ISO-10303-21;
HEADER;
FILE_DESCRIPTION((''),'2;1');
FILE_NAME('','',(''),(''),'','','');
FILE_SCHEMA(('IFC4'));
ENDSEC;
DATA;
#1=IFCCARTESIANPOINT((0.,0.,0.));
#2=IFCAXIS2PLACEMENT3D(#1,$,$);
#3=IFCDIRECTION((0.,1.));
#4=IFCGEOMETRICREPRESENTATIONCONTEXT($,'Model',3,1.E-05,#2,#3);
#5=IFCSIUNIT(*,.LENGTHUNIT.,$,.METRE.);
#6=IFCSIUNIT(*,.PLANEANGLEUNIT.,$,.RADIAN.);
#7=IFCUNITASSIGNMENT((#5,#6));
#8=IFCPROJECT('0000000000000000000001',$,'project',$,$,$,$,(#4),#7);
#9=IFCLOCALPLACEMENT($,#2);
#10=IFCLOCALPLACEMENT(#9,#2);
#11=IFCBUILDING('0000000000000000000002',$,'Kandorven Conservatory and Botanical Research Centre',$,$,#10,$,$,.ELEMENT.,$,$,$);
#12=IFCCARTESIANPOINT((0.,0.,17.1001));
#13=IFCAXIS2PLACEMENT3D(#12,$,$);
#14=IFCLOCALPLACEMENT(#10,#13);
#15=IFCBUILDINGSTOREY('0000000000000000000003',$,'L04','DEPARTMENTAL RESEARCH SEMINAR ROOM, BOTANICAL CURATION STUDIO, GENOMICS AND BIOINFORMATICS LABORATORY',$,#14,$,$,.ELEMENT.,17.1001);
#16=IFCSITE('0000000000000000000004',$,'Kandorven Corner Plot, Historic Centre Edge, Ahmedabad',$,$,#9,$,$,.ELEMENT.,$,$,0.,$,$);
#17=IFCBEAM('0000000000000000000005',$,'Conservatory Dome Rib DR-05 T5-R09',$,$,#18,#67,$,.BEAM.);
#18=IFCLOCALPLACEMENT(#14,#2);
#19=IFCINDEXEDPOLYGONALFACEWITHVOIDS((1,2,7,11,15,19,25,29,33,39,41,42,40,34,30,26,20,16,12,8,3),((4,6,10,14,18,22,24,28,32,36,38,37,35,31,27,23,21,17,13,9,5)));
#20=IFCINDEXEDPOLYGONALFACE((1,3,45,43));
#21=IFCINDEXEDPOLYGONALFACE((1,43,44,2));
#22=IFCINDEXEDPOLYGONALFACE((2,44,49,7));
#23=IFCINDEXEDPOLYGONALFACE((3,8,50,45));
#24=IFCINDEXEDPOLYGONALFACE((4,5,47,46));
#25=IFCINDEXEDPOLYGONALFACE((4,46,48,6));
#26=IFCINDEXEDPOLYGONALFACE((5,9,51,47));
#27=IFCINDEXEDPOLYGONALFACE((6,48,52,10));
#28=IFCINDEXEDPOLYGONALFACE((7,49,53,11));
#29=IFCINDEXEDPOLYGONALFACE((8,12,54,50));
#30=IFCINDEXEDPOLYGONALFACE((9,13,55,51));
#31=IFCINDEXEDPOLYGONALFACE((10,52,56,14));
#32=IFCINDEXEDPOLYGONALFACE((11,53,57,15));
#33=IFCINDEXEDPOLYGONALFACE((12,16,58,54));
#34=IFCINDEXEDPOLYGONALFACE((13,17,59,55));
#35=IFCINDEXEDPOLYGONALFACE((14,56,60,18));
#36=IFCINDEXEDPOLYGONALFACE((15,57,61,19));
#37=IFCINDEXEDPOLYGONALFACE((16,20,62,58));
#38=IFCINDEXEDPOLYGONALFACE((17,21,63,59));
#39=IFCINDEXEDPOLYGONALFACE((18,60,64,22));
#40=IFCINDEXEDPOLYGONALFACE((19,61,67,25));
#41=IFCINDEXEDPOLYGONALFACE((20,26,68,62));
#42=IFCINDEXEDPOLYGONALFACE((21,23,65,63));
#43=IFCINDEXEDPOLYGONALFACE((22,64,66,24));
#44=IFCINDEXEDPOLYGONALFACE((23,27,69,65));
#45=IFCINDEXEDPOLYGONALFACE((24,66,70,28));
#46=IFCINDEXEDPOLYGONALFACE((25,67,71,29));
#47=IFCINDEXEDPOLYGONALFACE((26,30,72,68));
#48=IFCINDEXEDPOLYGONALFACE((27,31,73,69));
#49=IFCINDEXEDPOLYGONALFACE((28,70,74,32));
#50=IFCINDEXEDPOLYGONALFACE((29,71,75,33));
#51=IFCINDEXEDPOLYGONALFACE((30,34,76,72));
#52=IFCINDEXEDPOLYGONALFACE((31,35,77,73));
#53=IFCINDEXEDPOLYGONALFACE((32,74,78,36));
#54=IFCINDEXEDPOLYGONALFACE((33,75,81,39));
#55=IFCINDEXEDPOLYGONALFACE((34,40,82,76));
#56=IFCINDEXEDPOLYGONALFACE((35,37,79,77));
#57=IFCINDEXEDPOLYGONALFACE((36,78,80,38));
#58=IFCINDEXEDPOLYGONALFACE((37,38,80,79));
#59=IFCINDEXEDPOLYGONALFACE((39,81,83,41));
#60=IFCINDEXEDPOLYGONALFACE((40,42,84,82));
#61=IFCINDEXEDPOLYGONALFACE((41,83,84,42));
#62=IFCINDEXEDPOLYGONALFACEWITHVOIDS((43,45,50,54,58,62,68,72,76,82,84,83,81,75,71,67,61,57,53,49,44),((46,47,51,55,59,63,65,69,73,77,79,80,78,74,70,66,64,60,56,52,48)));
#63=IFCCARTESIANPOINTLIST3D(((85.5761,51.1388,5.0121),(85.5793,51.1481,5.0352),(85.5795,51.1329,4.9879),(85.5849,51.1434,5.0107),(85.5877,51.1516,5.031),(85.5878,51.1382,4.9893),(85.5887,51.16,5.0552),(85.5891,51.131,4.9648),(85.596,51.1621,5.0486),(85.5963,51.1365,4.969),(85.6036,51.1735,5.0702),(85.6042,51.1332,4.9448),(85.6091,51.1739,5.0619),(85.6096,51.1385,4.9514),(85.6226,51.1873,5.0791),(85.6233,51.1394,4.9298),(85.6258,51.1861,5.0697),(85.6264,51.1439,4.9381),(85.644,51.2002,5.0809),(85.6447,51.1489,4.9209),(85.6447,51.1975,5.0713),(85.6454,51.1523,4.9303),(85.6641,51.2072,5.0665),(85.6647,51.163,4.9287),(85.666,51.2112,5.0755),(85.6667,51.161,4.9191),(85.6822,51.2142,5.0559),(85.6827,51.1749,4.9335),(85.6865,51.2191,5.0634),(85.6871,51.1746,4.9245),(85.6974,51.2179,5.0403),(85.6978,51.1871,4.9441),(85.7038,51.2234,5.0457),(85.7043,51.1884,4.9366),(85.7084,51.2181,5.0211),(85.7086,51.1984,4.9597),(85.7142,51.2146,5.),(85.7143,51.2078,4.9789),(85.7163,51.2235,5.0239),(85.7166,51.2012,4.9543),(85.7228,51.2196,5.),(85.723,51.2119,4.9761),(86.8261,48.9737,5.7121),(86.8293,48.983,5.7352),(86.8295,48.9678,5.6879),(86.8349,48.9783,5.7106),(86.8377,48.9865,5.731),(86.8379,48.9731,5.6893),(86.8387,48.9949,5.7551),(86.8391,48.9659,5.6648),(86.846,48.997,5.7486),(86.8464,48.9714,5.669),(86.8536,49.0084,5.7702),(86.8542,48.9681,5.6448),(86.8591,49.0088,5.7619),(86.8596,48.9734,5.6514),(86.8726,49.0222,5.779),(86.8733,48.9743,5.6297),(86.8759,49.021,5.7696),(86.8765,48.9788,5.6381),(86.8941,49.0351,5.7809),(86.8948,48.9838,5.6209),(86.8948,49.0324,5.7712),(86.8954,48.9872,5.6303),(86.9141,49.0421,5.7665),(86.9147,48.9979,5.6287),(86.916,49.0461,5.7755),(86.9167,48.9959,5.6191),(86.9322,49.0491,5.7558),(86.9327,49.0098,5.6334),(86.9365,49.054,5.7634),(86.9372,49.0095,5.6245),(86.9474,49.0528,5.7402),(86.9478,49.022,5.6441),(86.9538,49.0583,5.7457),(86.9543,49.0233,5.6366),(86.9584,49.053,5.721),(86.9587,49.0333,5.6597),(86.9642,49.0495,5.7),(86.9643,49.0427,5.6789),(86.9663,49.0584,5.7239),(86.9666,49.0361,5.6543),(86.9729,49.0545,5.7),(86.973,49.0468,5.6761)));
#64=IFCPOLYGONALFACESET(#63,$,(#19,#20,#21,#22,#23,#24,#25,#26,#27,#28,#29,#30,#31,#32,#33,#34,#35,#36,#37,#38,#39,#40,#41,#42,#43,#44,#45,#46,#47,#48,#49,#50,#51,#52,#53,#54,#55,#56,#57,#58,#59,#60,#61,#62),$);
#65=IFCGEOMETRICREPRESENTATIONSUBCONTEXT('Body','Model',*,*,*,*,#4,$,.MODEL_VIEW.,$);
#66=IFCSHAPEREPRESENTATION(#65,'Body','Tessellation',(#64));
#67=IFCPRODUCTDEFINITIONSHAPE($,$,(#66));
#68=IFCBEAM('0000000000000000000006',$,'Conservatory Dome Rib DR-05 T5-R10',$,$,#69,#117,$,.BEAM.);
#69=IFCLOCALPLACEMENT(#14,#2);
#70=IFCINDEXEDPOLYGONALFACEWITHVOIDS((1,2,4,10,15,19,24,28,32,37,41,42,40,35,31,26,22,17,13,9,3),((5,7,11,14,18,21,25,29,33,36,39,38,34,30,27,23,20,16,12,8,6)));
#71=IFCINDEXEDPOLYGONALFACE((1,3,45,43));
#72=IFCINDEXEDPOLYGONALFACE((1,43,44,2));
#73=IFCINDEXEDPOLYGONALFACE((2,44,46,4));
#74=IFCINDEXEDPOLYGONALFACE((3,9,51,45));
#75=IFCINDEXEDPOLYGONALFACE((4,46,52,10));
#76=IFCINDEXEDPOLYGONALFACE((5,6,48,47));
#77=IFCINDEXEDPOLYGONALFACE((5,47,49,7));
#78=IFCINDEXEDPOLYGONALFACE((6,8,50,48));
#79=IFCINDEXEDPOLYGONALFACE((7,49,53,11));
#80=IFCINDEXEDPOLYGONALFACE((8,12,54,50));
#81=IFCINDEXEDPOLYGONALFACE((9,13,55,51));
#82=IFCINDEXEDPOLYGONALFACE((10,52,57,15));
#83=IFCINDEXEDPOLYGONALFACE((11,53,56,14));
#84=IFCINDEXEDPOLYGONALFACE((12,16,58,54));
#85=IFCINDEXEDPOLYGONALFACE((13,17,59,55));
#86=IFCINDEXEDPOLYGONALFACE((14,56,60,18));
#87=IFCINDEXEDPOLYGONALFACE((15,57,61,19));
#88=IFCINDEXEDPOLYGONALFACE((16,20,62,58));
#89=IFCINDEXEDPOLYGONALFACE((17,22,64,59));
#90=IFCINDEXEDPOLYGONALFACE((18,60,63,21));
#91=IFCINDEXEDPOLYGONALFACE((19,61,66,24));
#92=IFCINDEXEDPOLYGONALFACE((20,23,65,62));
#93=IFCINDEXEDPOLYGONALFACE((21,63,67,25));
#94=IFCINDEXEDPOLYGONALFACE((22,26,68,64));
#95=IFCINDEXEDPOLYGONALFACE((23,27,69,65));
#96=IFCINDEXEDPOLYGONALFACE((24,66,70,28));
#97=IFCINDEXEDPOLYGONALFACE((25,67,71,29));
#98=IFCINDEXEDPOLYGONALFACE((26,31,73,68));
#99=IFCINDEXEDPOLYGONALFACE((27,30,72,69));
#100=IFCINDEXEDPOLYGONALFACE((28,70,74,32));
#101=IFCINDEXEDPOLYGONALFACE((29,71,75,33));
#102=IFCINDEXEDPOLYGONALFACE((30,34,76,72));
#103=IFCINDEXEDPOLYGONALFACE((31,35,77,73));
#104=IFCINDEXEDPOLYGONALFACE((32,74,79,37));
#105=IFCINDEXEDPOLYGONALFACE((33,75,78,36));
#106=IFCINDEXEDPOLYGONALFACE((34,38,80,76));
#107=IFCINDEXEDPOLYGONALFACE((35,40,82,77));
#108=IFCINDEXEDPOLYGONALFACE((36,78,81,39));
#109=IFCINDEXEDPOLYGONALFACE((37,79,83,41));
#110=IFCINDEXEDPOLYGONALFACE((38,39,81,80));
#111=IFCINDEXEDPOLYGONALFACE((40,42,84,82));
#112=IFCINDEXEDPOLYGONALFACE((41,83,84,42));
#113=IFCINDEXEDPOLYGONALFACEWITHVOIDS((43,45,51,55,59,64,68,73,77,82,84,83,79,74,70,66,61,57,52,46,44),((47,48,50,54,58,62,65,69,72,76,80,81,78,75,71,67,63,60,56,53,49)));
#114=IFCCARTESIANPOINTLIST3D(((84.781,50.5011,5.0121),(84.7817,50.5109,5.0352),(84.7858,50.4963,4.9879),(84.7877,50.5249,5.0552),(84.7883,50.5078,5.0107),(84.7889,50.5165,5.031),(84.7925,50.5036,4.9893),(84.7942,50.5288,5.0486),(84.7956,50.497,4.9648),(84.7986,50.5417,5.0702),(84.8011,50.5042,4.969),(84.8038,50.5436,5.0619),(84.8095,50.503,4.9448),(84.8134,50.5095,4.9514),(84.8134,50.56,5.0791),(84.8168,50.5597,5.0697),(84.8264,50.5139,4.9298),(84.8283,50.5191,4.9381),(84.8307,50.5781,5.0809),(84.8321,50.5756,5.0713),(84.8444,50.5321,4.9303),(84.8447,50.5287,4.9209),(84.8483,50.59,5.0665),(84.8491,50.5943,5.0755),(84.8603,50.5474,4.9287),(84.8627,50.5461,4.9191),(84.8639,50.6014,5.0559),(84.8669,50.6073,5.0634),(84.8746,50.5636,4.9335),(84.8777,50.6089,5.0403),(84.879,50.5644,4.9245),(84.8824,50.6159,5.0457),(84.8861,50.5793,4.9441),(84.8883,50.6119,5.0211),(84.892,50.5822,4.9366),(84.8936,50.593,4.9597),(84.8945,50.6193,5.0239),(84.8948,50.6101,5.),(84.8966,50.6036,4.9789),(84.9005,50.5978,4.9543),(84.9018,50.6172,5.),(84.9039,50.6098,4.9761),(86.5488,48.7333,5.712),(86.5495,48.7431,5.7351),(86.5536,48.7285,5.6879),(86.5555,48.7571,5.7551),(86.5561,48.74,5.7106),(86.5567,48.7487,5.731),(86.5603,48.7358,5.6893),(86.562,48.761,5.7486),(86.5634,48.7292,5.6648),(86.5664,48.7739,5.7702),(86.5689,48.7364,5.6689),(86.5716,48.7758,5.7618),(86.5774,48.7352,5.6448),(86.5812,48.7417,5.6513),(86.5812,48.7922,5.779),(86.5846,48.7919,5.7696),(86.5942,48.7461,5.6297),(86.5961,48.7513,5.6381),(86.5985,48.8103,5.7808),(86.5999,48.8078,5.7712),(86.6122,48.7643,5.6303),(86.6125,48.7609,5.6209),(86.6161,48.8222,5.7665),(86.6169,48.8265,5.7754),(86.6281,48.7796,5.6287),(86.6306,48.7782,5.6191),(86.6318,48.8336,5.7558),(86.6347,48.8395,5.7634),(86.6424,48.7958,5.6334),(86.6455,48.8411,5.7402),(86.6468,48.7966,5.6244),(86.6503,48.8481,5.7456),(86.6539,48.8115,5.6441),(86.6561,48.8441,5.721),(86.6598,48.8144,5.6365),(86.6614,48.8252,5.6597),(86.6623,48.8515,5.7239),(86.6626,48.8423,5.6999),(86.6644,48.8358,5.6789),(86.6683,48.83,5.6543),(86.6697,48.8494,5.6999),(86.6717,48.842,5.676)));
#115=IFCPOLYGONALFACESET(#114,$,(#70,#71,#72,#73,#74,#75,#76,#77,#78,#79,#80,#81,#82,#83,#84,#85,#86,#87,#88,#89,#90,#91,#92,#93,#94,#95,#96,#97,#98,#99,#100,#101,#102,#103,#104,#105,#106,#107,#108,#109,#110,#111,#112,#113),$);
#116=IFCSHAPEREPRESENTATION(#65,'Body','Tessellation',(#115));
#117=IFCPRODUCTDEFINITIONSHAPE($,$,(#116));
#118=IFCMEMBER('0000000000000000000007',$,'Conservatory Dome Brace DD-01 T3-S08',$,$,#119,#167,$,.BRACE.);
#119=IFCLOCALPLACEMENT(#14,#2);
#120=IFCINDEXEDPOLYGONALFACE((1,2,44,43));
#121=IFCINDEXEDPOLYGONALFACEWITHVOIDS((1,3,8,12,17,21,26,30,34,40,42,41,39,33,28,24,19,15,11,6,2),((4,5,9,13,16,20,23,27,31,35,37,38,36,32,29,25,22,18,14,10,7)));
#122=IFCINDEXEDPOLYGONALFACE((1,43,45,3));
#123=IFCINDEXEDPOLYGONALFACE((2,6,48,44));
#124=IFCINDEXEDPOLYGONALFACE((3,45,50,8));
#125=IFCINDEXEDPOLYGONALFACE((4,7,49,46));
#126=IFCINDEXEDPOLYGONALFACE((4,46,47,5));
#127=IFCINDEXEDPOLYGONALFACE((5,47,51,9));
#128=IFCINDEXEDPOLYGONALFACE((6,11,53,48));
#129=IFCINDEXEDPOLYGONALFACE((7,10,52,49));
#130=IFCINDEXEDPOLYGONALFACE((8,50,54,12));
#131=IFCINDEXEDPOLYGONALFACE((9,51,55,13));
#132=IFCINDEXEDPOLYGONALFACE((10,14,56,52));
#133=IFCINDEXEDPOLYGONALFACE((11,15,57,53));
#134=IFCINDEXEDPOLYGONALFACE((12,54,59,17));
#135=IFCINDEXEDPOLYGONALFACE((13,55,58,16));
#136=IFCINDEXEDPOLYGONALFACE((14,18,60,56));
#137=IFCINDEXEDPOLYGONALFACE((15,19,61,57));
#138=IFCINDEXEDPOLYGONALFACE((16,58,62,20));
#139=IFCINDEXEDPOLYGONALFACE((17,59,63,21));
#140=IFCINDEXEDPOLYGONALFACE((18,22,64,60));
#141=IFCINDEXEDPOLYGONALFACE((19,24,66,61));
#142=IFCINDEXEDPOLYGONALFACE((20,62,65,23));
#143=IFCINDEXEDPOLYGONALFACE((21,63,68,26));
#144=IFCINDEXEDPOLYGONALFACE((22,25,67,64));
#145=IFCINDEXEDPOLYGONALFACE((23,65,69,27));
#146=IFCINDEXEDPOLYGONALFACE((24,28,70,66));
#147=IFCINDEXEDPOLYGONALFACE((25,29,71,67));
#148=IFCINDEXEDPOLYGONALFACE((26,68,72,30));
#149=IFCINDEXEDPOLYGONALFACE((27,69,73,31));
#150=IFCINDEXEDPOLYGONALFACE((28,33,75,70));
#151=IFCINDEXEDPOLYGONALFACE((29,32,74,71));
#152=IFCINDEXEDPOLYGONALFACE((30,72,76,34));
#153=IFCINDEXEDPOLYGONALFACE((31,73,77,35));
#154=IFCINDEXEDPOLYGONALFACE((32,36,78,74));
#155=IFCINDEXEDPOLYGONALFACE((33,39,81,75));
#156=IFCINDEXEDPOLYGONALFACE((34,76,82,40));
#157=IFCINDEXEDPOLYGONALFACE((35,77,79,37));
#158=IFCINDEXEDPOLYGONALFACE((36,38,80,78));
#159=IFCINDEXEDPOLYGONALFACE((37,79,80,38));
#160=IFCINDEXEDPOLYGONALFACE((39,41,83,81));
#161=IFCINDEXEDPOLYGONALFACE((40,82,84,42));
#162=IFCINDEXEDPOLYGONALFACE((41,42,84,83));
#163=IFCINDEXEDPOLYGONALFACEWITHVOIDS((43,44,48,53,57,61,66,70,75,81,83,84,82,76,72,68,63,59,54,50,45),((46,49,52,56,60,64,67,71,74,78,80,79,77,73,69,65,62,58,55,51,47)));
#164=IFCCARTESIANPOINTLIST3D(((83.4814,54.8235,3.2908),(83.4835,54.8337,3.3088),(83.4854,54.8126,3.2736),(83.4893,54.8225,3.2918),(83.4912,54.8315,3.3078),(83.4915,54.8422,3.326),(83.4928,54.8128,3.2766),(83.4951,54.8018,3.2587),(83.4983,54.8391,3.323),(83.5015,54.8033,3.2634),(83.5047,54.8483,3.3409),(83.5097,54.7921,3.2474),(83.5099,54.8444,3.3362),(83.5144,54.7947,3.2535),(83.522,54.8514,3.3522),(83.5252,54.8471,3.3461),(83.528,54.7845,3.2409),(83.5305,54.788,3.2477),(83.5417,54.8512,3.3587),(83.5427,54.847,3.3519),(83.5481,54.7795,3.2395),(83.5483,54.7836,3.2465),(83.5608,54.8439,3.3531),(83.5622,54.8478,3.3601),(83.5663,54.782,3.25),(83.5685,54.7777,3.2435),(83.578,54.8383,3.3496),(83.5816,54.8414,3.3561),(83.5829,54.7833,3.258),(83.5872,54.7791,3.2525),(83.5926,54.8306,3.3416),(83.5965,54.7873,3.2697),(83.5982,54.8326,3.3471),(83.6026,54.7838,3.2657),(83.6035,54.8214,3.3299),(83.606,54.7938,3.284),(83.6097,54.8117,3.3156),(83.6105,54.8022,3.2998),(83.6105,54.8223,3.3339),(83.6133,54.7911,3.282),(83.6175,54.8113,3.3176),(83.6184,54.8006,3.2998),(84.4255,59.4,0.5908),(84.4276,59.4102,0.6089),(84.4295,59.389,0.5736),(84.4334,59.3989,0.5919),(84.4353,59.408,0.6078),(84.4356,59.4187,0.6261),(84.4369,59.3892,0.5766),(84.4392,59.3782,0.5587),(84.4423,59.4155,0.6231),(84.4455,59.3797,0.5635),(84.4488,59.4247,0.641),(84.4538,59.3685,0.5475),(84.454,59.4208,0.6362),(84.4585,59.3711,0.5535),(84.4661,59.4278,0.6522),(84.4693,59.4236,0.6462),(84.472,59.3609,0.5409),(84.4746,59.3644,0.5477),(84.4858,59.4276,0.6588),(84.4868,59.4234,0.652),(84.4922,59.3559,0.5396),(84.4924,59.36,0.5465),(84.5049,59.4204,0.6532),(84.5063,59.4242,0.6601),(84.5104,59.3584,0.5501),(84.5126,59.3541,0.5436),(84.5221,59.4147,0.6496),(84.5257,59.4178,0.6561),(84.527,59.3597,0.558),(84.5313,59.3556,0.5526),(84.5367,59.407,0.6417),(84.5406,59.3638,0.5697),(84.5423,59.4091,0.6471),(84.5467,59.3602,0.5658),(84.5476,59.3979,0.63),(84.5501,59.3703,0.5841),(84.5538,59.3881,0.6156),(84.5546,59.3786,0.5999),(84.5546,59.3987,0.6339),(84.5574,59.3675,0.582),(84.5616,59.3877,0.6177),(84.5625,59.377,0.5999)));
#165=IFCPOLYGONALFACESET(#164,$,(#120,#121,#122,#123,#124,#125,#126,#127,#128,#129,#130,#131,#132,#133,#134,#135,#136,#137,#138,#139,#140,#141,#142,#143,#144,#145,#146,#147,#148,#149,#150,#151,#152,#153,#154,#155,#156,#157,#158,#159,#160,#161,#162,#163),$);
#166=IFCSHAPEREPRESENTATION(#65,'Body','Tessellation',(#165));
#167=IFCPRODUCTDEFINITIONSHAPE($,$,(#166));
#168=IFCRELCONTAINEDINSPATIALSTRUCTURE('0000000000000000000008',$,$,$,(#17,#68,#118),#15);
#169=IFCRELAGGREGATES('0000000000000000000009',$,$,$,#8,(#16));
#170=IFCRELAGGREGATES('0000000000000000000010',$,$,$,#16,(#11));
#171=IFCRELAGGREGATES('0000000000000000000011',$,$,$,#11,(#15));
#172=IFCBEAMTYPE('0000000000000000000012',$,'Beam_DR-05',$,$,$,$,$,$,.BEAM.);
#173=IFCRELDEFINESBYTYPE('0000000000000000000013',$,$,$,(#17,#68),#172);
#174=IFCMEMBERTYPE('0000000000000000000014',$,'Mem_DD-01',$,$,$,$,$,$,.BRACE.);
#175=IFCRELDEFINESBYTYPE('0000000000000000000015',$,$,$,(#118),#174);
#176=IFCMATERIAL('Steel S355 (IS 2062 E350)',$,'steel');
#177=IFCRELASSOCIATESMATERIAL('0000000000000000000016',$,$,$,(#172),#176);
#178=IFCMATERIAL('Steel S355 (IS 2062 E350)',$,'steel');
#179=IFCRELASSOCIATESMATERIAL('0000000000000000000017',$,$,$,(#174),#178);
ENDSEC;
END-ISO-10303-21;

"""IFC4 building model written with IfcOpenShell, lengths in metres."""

from ifc_helpers import new_model, si_unit, direction, frame, origin, origin_2d, place, context, subcontext, project, spatial, hollow_circle, extrude, material, material_profile, profile_set, type_object, element, save


model = new_model("IFC4")

# Units and contexts
model_context = context("Model", 3, precision=1e-05, world=origin(), true_north=direction((0.0, 1.0)))
body_context = subcontext(model_context, "Body", "Model", "MODEL_VIEW")
ifc_project = project(units=[si_unit("LENGTHUNIT", "METRE"), si_unit("PLANEANGLEUNIT", "RADIAN")], contexts=[model_context])

# Site, building, storey
site_placement = place(None, origin())
site = spatial("IfcSite", under=ifc_project, at=site_placement, Name="Kandorven Corner Plot, Historic Centre Edge, Ahmedabad", CompositionType="ELEMENT", RefElevation=0.0)
building_placement = place(site_placement, origin())
building = spatial("IfcBuilding", under=site, at=building_placement, Name="Kandorven Conservatory and Botanical Research Centre", CompositionType="ELEMENT")
storey_placement = place(building_placement, frame((0.0, 0.0, 17.1001)))
storey = spatial("IfcBuildingStorey", under=building, at=storey_placement, Name="L04", Description="DEPARTMENTAL RESEARCH SEMINAR ROOM, BOTANICAL CURATION STUDIO, GENOMICS AND BIOINFORMATICS LABORATORY", CompositionType="ELEMENT", Elevation=17.1001)

# Beams
ifc_material_1 = material(Name="Steel S355 (IS 2062 E350)", Category="steel")
ifc_material_profile_1 = material_profile(ifc_material_1, hollow_circle(Radius=0.0842, WallThickness=0.01, at=origin_2d()))
ifc_profile_set_1 = profile_set([ifc_material_profile_1], Name="Steel S355 (IS 2062 E350)")
beam_type_1 = type_object("IfcBeamType", Name="Beam_DR-05", PredefinedType="BEAM", material=ifc_profile_set_1)
for number, where, z_axis, x_axis, name in (
    (1, (85.6499, 51.1775, 5.0), (0.481488, -0.833953, 0.269615), (0.866023, 0.500004, 0.0), "Conservatory Dome Rib DR-05 T5-R09"),
    (2, (84.8423, 50.5576, 5.0), (0.680923, -0.680923, 0.269605), (0.707107, 0.707107, 0.0), "Conservatory Dome Rib DR-05 T5-R10"),
):
    element("IfcBeam", number, at=place(storey_placement, frame(where, z_axis=z_axis, x_axis=x_axis)), inside=storey, type_object=beam_type_1, Name=name, PredefinedType="BEAM", context=body_context, shape_type="SweptSolid", body=[
        extrude(hollow_circle(Radius=0.0842, WallThickness=0.01, at=origin_2d()), origin(), (0.0, 0.0, 1.0), 2.5962),
    ])

# Member
ifc_material_2 = material(Name="Steel S355 (IS 2062 E350)", Category="steel")
ifc_material_profile_2 = material_profile(ifc_material_2, hollow_circle(Radius=0.0698, WallThickness=0.0081, at=origin_2d()))
ifc_profile_set_2 = profile_set([ifc_material_profile_2], Name="Steel S355 (IS 2062 E350)")
member_type_1 = type_object("IfcMemberType", Name="Mem_DD-01", PredefinedType="BRACE", material=ifc_profile_set_2)
member_1_placement = place(storey_placement, frame((84.4941, 59.3911, 0.5999), z_axis=(-0.174938, -0.847999, 0.500294), x_axis=(0.979377, -0.202041, 0.0)))
element("IfcMember", 3, at=member_1_placement, inside=storey, type_object=member_type_1, Name="Conservatory Dome Brace DD-01 T3-S08", PredefinedType="BRACE", context=body_context, shape_type="SweptSolid", body=[
    extrude(hollow_circle(Radius=0.0698, WallThickness=0.0081, at=origin_2d()), origin(), (0.0, 0.0, 1.0), 5.3967),
])

save(model, "model.ifc")
